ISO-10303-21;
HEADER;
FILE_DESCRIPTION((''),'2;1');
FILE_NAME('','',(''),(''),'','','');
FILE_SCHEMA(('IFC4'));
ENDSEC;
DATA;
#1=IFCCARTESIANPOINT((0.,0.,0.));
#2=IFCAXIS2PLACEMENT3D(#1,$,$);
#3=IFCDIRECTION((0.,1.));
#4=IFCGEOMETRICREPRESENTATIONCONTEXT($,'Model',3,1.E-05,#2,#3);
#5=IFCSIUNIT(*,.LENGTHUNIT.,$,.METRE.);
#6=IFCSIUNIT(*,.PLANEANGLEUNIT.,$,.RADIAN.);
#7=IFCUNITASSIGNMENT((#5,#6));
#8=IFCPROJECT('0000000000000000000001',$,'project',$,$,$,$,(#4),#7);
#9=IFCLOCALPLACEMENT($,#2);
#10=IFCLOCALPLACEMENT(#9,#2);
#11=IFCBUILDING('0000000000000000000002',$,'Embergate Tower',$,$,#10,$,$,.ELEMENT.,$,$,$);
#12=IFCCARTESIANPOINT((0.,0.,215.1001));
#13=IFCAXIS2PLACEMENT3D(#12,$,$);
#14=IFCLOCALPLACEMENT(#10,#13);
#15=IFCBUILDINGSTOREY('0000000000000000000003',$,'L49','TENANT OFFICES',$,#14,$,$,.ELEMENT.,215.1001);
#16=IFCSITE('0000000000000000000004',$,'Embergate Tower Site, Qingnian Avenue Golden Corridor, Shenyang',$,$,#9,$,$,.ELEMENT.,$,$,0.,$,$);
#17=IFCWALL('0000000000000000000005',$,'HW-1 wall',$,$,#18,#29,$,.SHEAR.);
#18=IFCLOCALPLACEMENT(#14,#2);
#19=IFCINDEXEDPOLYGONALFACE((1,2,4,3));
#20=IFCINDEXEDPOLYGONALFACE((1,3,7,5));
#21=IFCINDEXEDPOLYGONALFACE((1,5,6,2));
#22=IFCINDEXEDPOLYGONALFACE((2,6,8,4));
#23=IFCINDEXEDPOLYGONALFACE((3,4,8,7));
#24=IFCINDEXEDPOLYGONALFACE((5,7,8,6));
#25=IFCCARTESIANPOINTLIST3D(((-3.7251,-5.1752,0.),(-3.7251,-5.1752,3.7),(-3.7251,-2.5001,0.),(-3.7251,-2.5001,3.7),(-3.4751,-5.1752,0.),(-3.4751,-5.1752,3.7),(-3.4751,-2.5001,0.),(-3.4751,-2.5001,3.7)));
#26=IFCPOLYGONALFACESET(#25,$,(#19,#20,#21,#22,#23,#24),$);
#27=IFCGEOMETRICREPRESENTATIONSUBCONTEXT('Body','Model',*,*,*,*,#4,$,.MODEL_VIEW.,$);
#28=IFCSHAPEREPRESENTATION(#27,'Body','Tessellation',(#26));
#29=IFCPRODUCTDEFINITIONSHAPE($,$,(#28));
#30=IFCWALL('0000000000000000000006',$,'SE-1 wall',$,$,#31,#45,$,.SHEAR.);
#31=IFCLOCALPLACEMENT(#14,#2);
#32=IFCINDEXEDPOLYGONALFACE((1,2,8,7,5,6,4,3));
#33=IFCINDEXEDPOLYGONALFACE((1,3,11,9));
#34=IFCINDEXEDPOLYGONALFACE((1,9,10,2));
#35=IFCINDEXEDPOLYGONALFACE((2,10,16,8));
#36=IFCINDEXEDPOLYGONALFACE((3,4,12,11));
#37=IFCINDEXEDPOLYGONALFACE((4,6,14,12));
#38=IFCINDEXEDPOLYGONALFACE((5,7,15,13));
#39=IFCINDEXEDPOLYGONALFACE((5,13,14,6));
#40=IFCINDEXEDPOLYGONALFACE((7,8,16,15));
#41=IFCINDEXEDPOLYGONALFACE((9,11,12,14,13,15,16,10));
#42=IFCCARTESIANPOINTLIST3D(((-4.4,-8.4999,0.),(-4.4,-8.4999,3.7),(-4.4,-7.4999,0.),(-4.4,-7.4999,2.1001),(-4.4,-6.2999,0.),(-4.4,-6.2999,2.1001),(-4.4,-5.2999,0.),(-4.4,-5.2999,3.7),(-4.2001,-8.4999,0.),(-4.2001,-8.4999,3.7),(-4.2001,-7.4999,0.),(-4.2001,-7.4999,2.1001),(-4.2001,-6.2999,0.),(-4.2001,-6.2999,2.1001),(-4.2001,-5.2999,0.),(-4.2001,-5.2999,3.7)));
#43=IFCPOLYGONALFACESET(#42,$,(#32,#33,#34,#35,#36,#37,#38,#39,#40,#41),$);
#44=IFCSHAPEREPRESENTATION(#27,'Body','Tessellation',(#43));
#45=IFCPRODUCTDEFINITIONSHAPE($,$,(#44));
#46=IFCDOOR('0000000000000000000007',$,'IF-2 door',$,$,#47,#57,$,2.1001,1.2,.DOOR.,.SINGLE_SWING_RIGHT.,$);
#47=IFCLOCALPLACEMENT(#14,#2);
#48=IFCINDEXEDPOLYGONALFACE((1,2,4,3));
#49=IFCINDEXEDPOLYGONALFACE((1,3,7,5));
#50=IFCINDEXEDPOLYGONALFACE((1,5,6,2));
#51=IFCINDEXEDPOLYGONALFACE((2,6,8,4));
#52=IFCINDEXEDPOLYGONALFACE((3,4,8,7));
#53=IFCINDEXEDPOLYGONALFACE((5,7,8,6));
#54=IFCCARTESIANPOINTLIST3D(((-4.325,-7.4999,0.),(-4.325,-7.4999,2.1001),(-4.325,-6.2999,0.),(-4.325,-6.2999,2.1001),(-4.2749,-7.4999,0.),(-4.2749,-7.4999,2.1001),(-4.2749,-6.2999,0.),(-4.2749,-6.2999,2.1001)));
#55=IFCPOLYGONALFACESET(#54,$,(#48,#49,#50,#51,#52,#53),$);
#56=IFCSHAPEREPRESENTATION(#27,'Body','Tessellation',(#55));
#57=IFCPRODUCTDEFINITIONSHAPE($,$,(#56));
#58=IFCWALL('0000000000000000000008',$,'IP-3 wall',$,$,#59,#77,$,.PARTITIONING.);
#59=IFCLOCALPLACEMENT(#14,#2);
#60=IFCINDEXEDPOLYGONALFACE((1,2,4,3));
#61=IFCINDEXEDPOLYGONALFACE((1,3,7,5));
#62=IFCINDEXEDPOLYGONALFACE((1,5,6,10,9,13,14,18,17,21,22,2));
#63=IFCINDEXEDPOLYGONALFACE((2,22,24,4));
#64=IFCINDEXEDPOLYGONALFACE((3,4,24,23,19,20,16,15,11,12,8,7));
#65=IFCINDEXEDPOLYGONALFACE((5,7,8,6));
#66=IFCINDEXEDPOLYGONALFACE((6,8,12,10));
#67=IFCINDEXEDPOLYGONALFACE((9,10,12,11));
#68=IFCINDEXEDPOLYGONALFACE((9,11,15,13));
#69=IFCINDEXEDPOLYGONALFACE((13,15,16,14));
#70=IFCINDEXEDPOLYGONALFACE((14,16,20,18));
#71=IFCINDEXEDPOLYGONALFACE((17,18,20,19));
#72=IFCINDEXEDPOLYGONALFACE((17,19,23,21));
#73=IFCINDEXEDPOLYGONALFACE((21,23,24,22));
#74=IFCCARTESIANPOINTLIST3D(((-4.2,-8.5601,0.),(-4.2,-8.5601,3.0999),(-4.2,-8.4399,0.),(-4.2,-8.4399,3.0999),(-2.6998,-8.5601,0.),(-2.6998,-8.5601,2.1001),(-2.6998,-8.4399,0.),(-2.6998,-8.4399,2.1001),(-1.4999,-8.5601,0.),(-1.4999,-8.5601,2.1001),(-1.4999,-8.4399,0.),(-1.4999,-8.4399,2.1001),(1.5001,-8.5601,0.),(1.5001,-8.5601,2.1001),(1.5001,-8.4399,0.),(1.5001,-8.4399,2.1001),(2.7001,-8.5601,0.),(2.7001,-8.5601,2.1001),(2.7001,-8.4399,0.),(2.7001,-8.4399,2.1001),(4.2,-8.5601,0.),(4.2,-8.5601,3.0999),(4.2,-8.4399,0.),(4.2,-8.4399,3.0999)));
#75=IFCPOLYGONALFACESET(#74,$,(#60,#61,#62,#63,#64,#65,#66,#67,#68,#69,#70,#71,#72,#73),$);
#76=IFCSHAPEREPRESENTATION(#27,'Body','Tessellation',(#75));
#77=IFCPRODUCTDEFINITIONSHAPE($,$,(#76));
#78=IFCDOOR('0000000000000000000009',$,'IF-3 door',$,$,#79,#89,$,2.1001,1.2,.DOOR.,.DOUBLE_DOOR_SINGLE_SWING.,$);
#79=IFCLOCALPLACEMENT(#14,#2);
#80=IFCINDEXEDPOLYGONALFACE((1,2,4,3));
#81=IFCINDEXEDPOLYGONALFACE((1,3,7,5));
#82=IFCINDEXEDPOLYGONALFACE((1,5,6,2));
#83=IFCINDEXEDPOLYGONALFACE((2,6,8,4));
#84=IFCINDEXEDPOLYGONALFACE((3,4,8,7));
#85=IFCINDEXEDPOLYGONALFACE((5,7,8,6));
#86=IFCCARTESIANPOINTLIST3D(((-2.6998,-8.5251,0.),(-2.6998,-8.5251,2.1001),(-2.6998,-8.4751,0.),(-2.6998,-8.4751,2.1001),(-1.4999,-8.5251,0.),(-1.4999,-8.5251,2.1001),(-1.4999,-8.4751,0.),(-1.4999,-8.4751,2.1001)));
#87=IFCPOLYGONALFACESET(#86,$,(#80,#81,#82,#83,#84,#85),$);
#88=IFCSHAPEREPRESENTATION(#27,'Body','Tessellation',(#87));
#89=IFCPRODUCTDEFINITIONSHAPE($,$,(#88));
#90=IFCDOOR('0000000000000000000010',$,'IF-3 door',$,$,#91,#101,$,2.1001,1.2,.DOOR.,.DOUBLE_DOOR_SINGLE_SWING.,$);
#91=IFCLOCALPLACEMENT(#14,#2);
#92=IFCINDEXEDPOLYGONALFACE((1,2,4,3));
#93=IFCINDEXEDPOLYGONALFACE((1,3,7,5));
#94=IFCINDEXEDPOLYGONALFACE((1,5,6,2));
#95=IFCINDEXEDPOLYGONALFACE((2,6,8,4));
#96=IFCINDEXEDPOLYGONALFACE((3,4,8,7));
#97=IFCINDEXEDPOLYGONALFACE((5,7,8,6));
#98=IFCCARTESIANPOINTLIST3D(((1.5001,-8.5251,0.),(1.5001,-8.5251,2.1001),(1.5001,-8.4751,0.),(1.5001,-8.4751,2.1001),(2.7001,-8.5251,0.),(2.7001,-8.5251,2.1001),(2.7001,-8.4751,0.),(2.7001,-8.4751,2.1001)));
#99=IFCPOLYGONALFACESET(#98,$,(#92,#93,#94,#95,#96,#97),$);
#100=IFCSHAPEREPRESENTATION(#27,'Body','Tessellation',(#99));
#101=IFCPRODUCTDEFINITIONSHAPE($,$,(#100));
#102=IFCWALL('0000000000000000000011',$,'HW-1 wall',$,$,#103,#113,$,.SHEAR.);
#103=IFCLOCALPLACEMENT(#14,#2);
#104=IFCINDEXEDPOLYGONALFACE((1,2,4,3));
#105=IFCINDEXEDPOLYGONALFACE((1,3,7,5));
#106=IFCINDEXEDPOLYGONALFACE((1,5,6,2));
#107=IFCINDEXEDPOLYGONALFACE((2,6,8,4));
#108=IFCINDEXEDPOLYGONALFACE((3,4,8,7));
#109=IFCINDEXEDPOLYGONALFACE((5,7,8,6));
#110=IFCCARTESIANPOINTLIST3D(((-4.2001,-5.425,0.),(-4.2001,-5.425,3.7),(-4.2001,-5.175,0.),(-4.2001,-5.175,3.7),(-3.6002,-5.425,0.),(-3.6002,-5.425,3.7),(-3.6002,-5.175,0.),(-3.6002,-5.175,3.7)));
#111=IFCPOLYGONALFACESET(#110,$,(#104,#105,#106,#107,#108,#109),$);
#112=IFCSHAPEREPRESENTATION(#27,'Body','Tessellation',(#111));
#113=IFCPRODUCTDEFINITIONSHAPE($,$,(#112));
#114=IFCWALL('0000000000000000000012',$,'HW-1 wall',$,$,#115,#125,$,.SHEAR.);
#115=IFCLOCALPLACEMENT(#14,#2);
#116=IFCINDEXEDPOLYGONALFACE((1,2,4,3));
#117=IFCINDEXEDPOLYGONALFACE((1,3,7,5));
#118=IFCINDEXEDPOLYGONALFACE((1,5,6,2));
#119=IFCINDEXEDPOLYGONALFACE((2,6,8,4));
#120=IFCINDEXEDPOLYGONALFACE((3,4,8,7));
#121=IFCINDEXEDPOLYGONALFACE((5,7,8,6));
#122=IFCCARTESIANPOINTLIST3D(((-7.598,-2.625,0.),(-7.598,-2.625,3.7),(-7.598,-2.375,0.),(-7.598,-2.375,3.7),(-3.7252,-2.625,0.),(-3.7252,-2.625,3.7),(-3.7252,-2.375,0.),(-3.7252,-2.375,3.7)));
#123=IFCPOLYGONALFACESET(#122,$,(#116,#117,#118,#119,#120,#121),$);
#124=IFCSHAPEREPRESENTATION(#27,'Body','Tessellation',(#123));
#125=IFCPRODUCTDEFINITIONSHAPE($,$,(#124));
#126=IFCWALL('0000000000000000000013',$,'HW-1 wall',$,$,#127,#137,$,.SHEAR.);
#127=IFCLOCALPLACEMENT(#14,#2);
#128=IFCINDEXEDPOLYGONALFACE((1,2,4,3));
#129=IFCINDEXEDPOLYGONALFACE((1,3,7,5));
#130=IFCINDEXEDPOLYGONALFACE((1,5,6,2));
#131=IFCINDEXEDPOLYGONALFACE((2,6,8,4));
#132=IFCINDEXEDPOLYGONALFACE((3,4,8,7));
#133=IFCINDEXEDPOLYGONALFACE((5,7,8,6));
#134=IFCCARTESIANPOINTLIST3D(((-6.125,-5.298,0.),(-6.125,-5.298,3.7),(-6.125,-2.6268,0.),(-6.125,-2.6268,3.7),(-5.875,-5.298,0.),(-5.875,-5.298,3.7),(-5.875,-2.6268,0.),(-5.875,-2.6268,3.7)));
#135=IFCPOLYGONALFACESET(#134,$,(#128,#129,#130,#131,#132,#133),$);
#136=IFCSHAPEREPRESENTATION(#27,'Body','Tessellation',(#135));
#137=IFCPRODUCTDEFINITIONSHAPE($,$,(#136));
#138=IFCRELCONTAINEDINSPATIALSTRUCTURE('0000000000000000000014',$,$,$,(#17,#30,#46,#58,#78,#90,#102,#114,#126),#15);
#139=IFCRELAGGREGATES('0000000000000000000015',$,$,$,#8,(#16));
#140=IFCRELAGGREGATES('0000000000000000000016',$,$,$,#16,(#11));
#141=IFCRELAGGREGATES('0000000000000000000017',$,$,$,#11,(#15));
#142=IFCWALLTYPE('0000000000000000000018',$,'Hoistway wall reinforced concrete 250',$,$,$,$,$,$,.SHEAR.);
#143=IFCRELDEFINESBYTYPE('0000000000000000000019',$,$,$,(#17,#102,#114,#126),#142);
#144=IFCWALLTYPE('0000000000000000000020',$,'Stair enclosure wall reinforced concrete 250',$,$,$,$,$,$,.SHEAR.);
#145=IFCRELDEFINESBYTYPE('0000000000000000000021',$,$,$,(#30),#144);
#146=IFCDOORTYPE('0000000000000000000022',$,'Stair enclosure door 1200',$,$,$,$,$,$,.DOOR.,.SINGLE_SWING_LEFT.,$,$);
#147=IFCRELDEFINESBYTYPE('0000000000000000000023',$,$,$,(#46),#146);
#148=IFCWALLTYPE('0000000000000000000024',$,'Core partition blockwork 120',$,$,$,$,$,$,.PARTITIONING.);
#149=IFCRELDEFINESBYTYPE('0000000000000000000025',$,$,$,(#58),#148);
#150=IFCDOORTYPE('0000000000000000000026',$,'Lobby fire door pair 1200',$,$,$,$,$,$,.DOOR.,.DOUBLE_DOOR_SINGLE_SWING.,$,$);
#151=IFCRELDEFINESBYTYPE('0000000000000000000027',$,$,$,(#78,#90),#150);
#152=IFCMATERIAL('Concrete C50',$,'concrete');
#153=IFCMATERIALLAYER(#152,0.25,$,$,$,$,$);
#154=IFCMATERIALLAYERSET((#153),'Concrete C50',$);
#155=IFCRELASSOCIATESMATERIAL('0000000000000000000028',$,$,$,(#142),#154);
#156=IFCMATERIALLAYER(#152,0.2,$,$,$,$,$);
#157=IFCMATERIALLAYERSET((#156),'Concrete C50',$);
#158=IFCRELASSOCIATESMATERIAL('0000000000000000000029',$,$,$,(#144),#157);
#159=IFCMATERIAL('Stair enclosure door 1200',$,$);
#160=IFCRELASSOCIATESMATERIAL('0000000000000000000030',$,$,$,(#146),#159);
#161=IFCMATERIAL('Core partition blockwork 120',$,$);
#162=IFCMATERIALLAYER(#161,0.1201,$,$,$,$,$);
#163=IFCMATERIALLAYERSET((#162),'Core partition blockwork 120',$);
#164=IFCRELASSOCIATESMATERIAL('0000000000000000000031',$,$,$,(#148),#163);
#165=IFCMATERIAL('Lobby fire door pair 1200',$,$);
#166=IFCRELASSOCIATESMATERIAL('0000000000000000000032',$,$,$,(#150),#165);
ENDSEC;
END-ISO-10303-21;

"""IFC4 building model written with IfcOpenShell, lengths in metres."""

from ifc_helpers import new_model, si_unit, direction, frame, frame_2d, origin, place, context, subcontext, project, spatial, rectangle, extrude, source, transform, mapped, material, layer, layer_set, type_object, element, fill, save


model = new_model("IFC4")

# Units and contexts
model_context = context("Model", 3, precision=1e-05, world=origin(), true_north=direction((0.0, 1.0)))
body_context = subcontext(model_context, "Body", "Model", "MODEL_VIEW")
ifc_project = project(units=[si_unit("LENGTHUNIT", "METRE"), si_unit("PLANEANGLEUNIT", "RADIAN")], contexts=[model_context])

# Site, building, storey
site_placement = place(None, origin())
site = spatial("IfcSite", under=ifc_project, at=site_placement, Name="Embergate Tower Site, Qingnian Avenue Golden Corridor, Shenyang", CompositionType="ELEMENT", RefElevation=0.0)
building_placement = place(site_placement, origin())
building = spatial("IfcBuilding", under=site, at=building_placement, Name="Embergate Tower", CompositionType="ELEMENT")
storey_placement = place(building_placement, frame((0.0, 0.0, 215.1001)))
storey = spatial("IfcBuildingStorey", under=building, at=storey_placement, Name="L49", Description="TENANT OFFICES", CompositionType="ELEMENT", Elevation=215.1001)

# Wall
ifc_material_1 = material(Name="Concrete C50", Category="concrete")
ifc_layer_1 = layer(ifc_material_1, 0.25)
ifc_layer_set_1 = layer_set([ifc_layer_1], Name="Concrete C50")
wall_type_1 = type_object("IfcWallType", Name="Hoistway wall reinforced concrete 250", PredefinedType="SHEAR", material=ifc_layer_set_1)
shared_shape_1 = source(origin(), body_context, "Body", "SweptSolid", [
    extrude(rectangle(XDim=2.675, YDim=0.25, at=frame_2d((1.3374, 0.0))), origin(), (0.0, 0.0, 1.0), 3.7),
])
wall_1_placement = place(storey_placement, frame((-3.6001, -5.175, 0.0), z_axis=(0.0, 0.0, 1.0), x_axis=(0.0, 1.0, 0.0)))
element("IfcWall", 1, at=wall_1_placement, inside=storey, type_object=wall_type_1, Name="HW-1 wall", PredefinedType="SHEAR", context=body_context, shape_type="MappedRepresentation", body=[
    mapped(shared_shape_1, transform((0.0, 0.0, 0.0))),
])

# Wall, opening, door
ifc_layer_2 = layer(ifc_material_1, 0.2)
ifc_layer_set_2 = layer_set([ifc_layer_2], Name="Concrete C50")
wall_type_2 = type_object("IfcWallType", Name="Stair enclosure wall reinforced concrete 250", PredefinedType="SHEAR", material=ifc_layer_set_2)
shared_shape_2 = source(origin(), body_context, "Body", "SweptSolid", [
    extrude(rectangle(XDim=3.2, YDim=0.2, at=frame_2d((1.6001, 0.0))), origin(), (0.0, 0.0, 1.0), 3.7),
])
wall_2_placement = place(storey_placement, frame((-4.3, -8.5, 0.0), z_axis=(0.0, 0.0, 1.0), x_axis=(0.0, 1.0, 0.0)))
wall_2 = element("IfcWall", 2, at=wall_2_placement, inside=storey, type_object=wall_type_2, Name="SE-1 wall", PredefinedType="SHEAR", context=body_context, shape_type="MappedRepresentation", body=[
    mapped(shared_shape_2, transform((0.0, 0.0, 0.0))),
])
shared_shape_3 = source(origin(), body_context, "Body", "SweptSolid", [
    extrude(rectangle(XDim=1.2, YDim=2.1001, at=frame_2d((0.6001, 1.05))), frame((0.0, 0.1099, 0.0), z_axis=(0.0, -1.0, 0.0), x_axis=(1.0, 0.0, 0.0)), (0.0, 0.0, 1.0), 0.22),
])
opening_1_placement = place(wall_2_placement, frame((1.0, 0.0, 0.0)))
opening_1 = element("IfcOpeningElement", 3, at=opening_1_placement, cuts=wall_2, PredefinedType="OPENING", context=body_context, shape_type="MappedRepresentation", body=[
    mapped(shared_shape_3, transform((0.0, 0.0, 0.0))),
])
ifc_material_2 = material(Name="Stair enclosure door 1200")
door_type_1 = type_object("IfcDoorType", Name="Stair enclosure door 1200", OperationType="SINGLE_SWING_LEFT", PredefinedType="DOOR", material=ifc_material_2)
shared_shape_4 = source(origin(), body_context, "Body", "SweptSolid", [
    extrude(rectangle(XDim=1.2, YDim=2.1001, at=frame_2d((0.6001, 1.05))), frame((0.0, 0.0249, 0.0), z_axis=(0.0, -1.0, 0.0), x_axis=(1.0, 0.0, 0.0)), (0.0, 0.0, 1.0), 0.05),
])
door_1_placement = place(opening_1_placement, origin())
door_1 = element("IfcDoor", 4, at=door_1_placement, inside=storey, type_object=door_type_1, Name="IF-2 door", OperationType="SINGLE_SWING_RIGHT", OverallHeight=2.1001, OverallWidth=1.2, PredefinedType="DOOR", context=body_context, shape_type="MappedRepresentation", body=[
    mapped(shared_shape_4, transform((0.0, 0.0, 0.0))),
])
fill(opening_1, door_1)

# Wall, openings, doors
ifc_material_3 = material(Name="Core partition blockwork 120")
ifc_layer_3 = layer(ifc_material_3, 0.1201)
ifc_layer_set_3 = layer_set([ifc_layer_3], Name="Core partition blockwork 120")
wall_type_3 = type_object("IfcWallType", Name="Core partition blockwork 120", PredefinedType="PARTITIONING", material=ifc_layer_set_3)
shared_shape_5 = source(origin(), body_context, "Body", "SweptSolid", [
    extrude(rectangle(XDim=8.3999, YDim=0.1201, at=frame_2d((4.2, 0.0))), origin(), (0.0, 0.0, 1.0), 3.0999),
])
wall_3_placement = place(storey_placement, frame((-4.2, -8.5, 0.0), z_axis=(0.0, 0.0, 1.0), x_axis=(1.0, 0.0, 0.0)))
wall_3 = element("IfcWall", 5, at=wall_3_placement, inside=storey, type_object=wall_type_3, Name="IP-3 wall", PredefinedType="PARTITIONING", context=body_context, shape_type="MappedRepresentation", body=[
    mapped(shared_shape_5, transform((0.0, 0.0, 0.0))),
])
shared_shape_6 = source(origin(), body_context, "Body", "SweptSolid", [
    extrude(rectangle(XDim=1.2, YDim=2.1001, at=frame_2d((0.6001, 1.05))), frame((0.0, 0.0701, 0.0), z_axis=(0.0, -1.0, 0.0), x_axis=(1.0, 0.0, 0.0)), (0.0, 0.0, 1.0), 0.1401),
])
opening_2_placement = place(wall_3_placement, frame((1.5, 0.0, 0.0)))
opening_2 = element("IfcOpeningElement", 6, at=opening_2_placement, cuts=wall_3, PredefinedType="OPENING", context=body_context, shape_type="MappedRepresentation", body=[
    mapped(shared_shape_6, transform((0.0, 0.0, 0.0))),
])
opening_3_placement = place(wall_3_placement, frame((5.7, 0.0, 0.0)))
opening_3 = element("IfcOpeningElement", 7, at=opening_3_placement, cuts=wall_3, PredefinedType="OPENING", context=body_context, shape_type="MappedRepresentation", body=[
    mapped(shared_shape_6, transform((0.0, 0.0, 0.0))),
])
ifc_material_4 = material(Name="Lobby fire door pair 1200")
door_type_2 = type_object("IfcDoorType", Name="Lobby fire door pair 1200", OperationType="DOUBLE_DOOR_SINGLE_SWING", PredefinedType="DOOR", material=ifc_material_4)
door_2_placement = place(opening_2_placement, origin())
door_2 = element("IfcDoor", 8, at=door_2_placement, inside=storey, type_object=door_type_2, Name="IF-3 door", OperationType="DOUBLE_DOOR_SINGLE_SWING", OverallHeight=2.1001, OverallWidth=1.2, PredefinedType="DOOR", context=body_context, shape_type="MappedRepresentation", body=[
    mapped(shared_shape_4, transform((0.0, 0.0, 0.0))),
])
fill(opening_2, door_2)
door_3_placement = place(opening_3_placement, origin())
door_3 = element("IfcDoor", 9, at=door_3_placement, inside=storey, type_object=door_type_2, Name="IF-3 door", OperationType="DOUBLE_DOOR_SINGLE_SWING", OverallHeight=2.1001, OverallWidth=1.2, PredefinedType="DOOR", context=body_context, shape_type="MappedRepresentation", body=[
    mapped(shared_shape_4, transform((0.0, 0.0, 0.0))),
])
fill(opening_3, door_3)

# Walls
shared_shape_7 = source(origin(), body_context, "Body", "SweptSolid", [
    extrude(rectangle(XDim=0.5999, YDim=0.25, at=frame_2d((0.2998, 0.0))), origin(), (0.0, 0.0, 1.0), 3.7),
])
wall_4_placement = place(storey_placement, frame((-4.2, -5.3, 0.0), z_axis=(0.0, 0.0, 1.0), x_axis=(1.0, 0.0, 0.0)))
element("IfcWall", 10, at=wall_4_placement, inside=storey, type_object=wall_type_1, Name="HW-1 wall", PredefinedType="SHEAR", context=body_context, shape_type="MappedRepresentation", body=[
    mapped(shared_shape_7, transform((0.0, 0.0, 0.0))),
])
shared_shape_8 = source(origin(), body_context, "Body", "SweptSolid", [
    extrude(rectangle(XDim=3.8728, YDim=0.25, at=frame_2d((1.9365, 0.0))), origin(), (0.0, 0.0, 1.0), 3.7),
])
wall_5_placement = place(storey_placement, frame((-3.7251, -2.5, 0.0), z_axis=(0.0, 0.0, 1.0), x_axis=(-1.0, 0.0, 0.0)))
element("IfcWall", 11, at=wall_5_placement, inside=storey, type_object=wall_type_1, Name="HW-1 wall", PredefinedType="SHEAR", context=body_context, shape_type="MappedRepresentation", body=[
    mapped(shared_shape_8, transform((0.0, 0.0, 0.0))),
])
shared_shape_9 = source(origin(), body_context, "Body", "SweptSolid", [
    extrude(rectangle(XDim=2.6711, YDim=0.25, at=frame_2d((1.3354, 0.0))), origin(), (0.0, 0.0, 1.0), 3.7),
])
wall_6_placement = place(storey_placement, frame((-6.0, -2.627, 0.0), z_axis=(0.0, 0.0, 1.0), x_axis=(0.0, -1.0, 0.0)))
element("IfcWall", 12, at=wall_6_placement, inside=storey, type_object=wall_type_1, Name="HW-1 wall", PredefinedType="SHEAR", context=body_context, shape_type="MappedRepresentation", body=[
    mapped(shared_shape_9, transform((0.0, 0.0, 0.0))),
])

save(model, "model.ifc")
